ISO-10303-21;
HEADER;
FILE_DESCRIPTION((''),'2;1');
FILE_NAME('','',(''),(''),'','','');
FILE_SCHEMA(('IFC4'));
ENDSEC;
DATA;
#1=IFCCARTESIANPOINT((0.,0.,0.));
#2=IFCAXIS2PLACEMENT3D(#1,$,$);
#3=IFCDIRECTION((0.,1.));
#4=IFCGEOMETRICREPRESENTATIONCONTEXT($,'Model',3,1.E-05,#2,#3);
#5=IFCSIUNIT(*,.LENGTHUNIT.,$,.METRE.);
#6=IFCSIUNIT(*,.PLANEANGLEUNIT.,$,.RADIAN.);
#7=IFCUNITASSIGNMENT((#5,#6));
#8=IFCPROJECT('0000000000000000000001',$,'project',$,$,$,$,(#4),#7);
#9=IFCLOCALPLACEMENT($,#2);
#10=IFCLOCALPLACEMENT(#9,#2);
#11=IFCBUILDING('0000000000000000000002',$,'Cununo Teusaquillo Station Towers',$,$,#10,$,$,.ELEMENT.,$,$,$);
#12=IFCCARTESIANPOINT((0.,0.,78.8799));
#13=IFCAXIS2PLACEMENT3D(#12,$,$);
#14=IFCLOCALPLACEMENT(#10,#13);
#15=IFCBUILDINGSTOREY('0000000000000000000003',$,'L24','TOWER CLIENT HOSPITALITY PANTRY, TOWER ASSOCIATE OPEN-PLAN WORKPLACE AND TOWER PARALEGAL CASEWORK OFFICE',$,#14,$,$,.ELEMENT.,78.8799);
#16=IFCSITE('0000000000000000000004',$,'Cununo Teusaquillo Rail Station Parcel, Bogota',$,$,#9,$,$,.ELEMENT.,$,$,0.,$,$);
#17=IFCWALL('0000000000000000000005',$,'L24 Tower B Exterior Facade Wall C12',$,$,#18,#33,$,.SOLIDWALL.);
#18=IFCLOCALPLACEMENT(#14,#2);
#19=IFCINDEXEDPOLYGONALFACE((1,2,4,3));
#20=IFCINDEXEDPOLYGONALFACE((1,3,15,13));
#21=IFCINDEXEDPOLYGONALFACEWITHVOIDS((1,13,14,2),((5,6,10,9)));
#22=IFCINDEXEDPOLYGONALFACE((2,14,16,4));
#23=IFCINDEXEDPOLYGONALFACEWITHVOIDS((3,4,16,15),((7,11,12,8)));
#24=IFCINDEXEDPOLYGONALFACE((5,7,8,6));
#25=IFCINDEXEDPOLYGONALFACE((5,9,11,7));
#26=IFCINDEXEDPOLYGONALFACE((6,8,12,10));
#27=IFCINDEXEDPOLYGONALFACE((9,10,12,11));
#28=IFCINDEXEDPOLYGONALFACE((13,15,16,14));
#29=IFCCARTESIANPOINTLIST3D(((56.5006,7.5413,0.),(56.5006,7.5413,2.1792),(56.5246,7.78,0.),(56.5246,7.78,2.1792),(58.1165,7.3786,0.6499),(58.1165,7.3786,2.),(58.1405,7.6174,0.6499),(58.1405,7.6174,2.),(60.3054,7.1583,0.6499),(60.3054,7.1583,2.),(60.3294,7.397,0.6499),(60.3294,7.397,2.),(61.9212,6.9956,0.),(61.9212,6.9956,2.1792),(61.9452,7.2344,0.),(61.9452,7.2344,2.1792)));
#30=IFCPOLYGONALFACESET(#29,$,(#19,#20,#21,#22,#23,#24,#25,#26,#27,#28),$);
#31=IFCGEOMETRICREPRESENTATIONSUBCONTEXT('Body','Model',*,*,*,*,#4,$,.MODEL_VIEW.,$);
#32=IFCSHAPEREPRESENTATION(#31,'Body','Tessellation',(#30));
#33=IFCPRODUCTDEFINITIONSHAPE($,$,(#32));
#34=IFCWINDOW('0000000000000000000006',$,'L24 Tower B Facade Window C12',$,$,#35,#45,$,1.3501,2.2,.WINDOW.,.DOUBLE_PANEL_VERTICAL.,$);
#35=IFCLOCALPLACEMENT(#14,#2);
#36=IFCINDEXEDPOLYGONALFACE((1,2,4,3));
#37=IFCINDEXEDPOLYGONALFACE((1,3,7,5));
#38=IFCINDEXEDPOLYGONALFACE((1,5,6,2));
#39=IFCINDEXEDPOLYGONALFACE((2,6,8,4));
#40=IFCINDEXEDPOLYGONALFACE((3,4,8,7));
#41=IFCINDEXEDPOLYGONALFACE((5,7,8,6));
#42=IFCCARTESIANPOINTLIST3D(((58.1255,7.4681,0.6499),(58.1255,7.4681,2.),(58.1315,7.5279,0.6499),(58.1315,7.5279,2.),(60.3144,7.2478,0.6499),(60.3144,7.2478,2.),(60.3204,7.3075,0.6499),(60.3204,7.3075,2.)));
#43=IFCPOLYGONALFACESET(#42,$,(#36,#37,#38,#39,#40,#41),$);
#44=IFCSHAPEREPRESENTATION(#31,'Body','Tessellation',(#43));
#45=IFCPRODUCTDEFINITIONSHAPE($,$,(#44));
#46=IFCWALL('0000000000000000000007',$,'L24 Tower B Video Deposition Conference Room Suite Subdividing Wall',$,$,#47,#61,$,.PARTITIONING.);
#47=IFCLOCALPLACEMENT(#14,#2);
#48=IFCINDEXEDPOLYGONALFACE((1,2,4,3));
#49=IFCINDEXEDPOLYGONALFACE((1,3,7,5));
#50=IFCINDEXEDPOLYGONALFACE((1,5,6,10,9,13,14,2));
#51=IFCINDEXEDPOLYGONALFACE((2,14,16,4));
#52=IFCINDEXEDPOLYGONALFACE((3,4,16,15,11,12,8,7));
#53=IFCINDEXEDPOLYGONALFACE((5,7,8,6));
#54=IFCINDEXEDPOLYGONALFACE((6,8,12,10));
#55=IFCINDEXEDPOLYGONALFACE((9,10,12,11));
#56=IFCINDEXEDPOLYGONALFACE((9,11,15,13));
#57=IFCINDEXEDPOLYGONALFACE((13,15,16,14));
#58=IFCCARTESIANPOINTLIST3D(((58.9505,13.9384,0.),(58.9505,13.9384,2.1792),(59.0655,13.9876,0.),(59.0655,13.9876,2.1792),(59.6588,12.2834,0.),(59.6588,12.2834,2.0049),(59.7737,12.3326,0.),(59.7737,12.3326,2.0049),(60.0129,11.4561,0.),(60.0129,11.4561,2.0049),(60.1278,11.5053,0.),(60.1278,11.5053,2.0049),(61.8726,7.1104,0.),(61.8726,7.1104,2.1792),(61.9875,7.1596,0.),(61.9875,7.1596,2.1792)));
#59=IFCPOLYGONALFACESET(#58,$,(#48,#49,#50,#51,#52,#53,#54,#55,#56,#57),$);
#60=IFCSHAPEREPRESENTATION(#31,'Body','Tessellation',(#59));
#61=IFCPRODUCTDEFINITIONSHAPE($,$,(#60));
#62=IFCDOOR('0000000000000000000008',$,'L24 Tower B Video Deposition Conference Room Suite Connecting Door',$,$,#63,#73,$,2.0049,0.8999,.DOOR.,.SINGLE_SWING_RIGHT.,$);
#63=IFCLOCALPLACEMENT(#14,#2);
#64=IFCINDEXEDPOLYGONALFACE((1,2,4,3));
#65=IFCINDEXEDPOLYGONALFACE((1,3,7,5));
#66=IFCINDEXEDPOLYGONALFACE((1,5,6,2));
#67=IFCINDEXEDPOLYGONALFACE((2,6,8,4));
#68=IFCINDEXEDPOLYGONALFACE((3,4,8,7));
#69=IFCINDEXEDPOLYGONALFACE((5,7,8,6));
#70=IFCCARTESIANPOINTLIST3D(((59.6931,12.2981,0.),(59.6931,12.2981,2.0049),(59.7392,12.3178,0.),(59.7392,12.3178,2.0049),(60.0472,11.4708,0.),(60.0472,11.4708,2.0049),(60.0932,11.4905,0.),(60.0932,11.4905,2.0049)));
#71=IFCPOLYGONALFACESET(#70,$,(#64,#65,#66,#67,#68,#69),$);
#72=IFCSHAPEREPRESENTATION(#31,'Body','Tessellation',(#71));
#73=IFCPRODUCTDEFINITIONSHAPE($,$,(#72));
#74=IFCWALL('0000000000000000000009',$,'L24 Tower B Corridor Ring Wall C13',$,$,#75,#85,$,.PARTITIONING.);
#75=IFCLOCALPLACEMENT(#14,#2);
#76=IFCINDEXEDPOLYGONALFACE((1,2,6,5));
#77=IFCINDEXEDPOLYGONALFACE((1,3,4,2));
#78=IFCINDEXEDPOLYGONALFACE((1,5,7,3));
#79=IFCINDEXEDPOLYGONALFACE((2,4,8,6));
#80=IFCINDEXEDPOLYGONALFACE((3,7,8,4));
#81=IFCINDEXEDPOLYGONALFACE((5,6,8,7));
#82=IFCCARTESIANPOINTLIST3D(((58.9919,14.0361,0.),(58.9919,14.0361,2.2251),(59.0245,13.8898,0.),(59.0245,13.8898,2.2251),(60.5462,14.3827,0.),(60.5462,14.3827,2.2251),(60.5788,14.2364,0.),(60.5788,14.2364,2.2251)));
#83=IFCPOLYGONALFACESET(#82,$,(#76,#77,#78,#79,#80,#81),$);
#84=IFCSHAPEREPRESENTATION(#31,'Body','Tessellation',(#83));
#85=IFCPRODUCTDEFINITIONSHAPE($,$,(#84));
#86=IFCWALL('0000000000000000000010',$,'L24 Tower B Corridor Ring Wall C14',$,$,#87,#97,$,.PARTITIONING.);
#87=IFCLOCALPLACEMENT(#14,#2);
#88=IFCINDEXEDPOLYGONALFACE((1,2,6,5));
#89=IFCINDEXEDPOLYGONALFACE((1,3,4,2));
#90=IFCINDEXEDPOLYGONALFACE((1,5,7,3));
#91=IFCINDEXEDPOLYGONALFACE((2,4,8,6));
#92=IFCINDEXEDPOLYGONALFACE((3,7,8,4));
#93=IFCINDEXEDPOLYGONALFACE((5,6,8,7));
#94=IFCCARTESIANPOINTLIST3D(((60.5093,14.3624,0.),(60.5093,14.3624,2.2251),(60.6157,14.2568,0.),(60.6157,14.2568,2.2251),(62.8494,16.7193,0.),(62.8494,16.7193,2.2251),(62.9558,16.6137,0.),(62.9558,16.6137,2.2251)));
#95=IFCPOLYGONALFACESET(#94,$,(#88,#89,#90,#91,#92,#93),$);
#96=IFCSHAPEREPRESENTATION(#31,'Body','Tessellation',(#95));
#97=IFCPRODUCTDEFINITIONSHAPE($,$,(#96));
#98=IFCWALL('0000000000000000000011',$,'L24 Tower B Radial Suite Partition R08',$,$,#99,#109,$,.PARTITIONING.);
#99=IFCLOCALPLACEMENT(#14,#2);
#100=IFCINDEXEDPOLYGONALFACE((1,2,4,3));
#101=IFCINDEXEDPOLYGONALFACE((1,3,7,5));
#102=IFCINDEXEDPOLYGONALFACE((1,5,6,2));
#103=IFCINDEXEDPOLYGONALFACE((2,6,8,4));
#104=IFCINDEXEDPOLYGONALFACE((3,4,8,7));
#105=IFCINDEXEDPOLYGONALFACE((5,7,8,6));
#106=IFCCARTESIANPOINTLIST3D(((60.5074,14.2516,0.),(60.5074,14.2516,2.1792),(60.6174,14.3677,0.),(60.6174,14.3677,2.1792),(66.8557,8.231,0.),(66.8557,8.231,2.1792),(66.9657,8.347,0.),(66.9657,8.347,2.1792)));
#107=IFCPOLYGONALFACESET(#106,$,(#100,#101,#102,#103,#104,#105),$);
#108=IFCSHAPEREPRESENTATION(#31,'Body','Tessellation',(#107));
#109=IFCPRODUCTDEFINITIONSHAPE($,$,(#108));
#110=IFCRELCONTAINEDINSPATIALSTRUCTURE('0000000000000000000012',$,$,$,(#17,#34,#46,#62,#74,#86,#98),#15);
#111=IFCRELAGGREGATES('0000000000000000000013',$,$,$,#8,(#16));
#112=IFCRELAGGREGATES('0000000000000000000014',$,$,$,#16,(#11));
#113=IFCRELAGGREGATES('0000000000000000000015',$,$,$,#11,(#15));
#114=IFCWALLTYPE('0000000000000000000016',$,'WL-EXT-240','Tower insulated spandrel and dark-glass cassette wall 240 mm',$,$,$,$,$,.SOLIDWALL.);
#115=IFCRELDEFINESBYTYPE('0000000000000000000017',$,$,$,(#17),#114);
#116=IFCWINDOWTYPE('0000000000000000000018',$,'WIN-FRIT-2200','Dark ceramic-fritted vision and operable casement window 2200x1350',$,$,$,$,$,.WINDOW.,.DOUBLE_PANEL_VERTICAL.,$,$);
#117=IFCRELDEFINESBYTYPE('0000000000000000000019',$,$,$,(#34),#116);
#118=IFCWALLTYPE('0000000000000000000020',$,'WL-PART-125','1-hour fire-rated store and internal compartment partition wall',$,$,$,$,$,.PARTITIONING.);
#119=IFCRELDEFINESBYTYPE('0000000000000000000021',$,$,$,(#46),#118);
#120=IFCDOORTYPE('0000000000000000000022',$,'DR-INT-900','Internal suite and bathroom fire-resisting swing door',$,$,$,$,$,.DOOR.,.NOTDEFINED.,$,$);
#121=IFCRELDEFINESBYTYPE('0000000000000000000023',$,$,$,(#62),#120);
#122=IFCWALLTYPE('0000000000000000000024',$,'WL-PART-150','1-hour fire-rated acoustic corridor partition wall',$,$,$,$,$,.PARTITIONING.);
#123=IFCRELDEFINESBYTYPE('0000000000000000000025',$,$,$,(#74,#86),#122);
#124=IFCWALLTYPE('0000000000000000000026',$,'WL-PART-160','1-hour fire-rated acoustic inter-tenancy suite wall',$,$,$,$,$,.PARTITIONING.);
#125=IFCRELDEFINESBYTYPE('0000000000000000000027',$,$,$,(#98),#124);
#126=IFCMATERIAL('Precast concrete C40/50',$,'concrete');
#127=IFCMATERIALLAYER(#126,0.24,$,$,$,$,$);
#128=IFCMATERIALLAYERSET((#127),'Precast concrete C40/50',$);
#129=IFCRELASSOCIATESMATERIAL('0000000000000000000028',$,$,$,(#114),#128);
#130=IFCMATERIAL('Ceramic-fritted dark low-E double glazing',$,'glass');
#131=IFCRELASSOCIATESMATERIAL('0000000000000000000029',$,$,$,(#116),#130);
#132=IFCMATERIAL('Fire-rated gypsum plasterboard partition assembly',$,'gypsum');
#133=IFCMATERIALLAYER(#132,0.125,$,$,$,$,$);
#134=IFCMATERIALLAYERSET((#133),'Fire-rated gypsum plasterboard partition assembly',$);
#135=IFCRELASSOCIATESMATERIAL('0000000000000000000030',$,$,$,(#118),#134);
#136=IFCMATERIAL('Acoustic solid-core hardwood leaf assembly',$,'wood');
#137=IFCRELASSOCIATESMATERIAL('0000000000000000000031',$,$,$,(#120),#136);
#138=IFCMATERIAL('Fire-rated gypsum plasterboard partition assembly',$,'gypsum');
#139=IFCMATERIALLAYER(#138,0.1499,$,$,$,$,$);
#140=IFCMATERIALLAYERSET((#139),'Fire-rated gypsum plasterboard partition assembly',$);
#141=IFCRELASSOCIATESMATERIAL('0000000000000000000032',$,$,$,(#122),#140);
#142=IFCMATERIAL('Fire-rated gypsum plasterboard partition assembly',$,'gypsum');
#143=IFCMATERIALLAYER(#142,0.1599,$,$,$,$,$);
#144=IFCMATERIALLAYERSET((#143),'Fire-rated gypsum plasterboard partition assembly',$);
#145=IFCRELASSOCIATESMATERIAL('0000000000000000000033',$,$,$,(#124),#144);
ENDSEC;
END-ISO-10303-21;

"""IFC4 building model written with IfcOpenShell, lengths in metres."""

from ifc_helpers import new_model, si_unit, direction, frame, frame_2d, origin, place, context, subcontext, project, spatial, rectangle, extrude, source, transform, mapped, material, layer, layer_set, type_object, element, fill, save


model = new_model("IFC4")

# Units and contexts
model_context = context("Model", 3, precision=1e-05, world=origin(), true_north=direction((0.0, 1.0)))
body_context = subcontext(model_context, "Body", "Model", "MODEL_VIEW")
ifc_project = project(units=[si_unit("LENGTHUNIT", "METRE"), si_unit("PLANEANGLEUNIT", "RADIAN")], contexts=[model_context])

# Site, building, storey
site_placement = place(None, origin())
site = spatial("IfcSite", under=ifc_project, at=site_placement, Name="Cununo Teusaquillo Rail Station Parcel, Bogota", CompositionType="ELEMENT", RefElevation=0.0)
building_placement = place(site_placement, origin())
building = spatial("IfcBuilding", under=site, at=building_placement, Name="Cununo Teusaquillo Station Towers", CompositionType="ELEMENT")
storey_placement = place(building_placement, frame((0.0, 0.0, 78.8799)))
storey = spatial("IfcBuildingStorey", under=building, at=storey_placement, Name="L24", Description="TOWER CLIENT HOSPITALITY PANTRY, TOWER ASSOCIATE OPEN-PLAN WORKPLACE AND TOWER PARALEGAL CASEWORK OFFICE", CompositionType="ELEMENT", Elevation=78.8799)

# Wall, opening, window
ifc_material_1 = material(Name="Precast concrete C40/50", Category="concrete")
ifc_layer_1 = layer(ifc_material_1, 0.24)
ifc_layer_set_1 = layer_set([ifc_layer_1], Name="Precast concrete C40/50")
wall_type_1 = type_object("IfcWallType", Name="WL-EXT-240", Description="Tower insulated spandrel and dark-glass cassette wall 240 mm", PredefinedType="SOLIDWALL", material=ifc_layer_set_1)
wall_1_placement = place(storey_placement, frame((61.9333, 7.115, 0.0), z_axis=(0.0, 0.0, 1.0), x_axis=(-0.994972, 0.100156, 0.0)))
wall_1 = element("IfcWall", 1, at=wall_1_placement, inside=storey, type_object=wall_type_1, Name="L24 Tower B Exterior Facade Wall C12", PredefinedType="SOLIDWALL", context=body_context, shape_type="SweptSolid", body=[
    extrude(rectangle(XDim=5.448, YDim=0.24, at=frame_2d((2.7241, 0.0))), origin(), (0.0, 0.0, 1.0), 2.1792),
])
shared_shape_1 = source(origin(), body_context, "Body", "SweptSolid", [
    extrude(rectangle(XDim=2.2, YDim=1.3501, at=frame_2d((1.1001, 0.675))), frame((0.0, 0.1299, 0.0), z_axis=(0.0, -1.0, 0.0), x_axis=(1.0, 0.0, 0.0)), (0.0, 0.0, 1.0), 0.26),
])
opening_1_placement = place(wall_1_placement, frame((1.624, 0.0, 0.6499)))
opening_1 = element("IfcOpeningElement", 2, at=opening_1_placement, cuts=wall_1, PredefinedType="OPENING", context=body_context, shape_type="MappedRepresentation", body=[
    mapped(shared_shape_1, transform((0.0, 0.0, 0.0), x_axis=(1.0, 0.0, 0.0), y_axis=(0.0, 1.0, 0.0), z_axis=(0.0, 0.0, 1.0), scale=1.0)),
])
ifc_material_2 = material(Name="Ceramic-fritted dark low-E double glazing", Category="glass")
window_type = type_object("IfcWindowType", Name="WIN-FRIT-2200", Description="Dark ceramic-fritted vision and operable casement window 2200x1350", PartitioningType="DOUBLE_PANEL_VERTICAL", PredefinedType="WINDOW", material=ifc_material_2)
shared_shape_2 = source(origin(), body_context, "Body", "SweptSolid", [
    extrude(rectangle(XDim=2.2, YDim=1.3501, at=frame_2d((1.1001, 0.675))), frame((0.0, 0.03, 0.0), z_axis=(0.0, -1.0, 0.0), x_axis=(1.0, 0.0, 0.0)), (0.0, 0.0, 1.0), 0.0601),
])
window_placement = place(opening_1_placement, origin())
window = element("IfcWindow", 3, at=window_placement, inside=storey, type_object=window_type, Name="L24 Tower B Facade Window C12", OverallHeight=1.3501, OverallWidth=2.2, PartitioningType="DOUBLE_PANEL_VERTICAL", PredefinedType="WINDOW", context=body_context, shape_type="MappedRepresentation", body=[
    mapped(shared_shape_2, transform((0.0, 0.0, 0.0), x_axis=(1.0, 0.0, 0.0), y_axis=(0.0, 1.0, 0.0), z_axis=(0.0, 0.0, 1.0), scale=1.0)),
])
fill(opening_1, window)

# Wall, opening, door
ifc_material_3 = material(Name="Fire-rated gypsum plasterboard partition assembly", Category="gypsum")
ifc_layer_2 = layer(ifc_material_3, 0.125)
ifc_layer_set_2 = layer_set([ifc_layer_2], Name="Fire-rated gypsum plasterboard partition assembly")
wall_type_2 = type_object("IfcWallType", Name="WL-PART-125", Description="1-hour fire-rated store and internal compartment partition wall", PredefinedType="PARTITIONING", material=ifc_layer_set_2)
wall_2_placement = place(storey_placement, frame((59.0081, 13.9629, 0.0), z_axis=(0.0, 0.0, 1.0), x_axis=(0.393439, -0.919351, 0.0)))
wall_2 = element("IfcWall", 4, at=wall_2_placement, inside=storey, type_object=wall_type_2, Name="L24 Tower B Video Deposition Conference Room Suite Subdividing Wall", PredefinedType="PARTITIONING", context=body_context, shape_type="SweptSolid", body=[
    extrude(rectangle(XDim=7.427, YDim=0.125, at=frame_2d((3.7134, 0.0))), origin(), (0.0, 0.0, 1.0), 2.1792),
])
shared_shape_3 = source(origin(), body_context, "Body", "SweptSolid", [
    extrude(rectangle(XDim=0.8999, YDim=2.0049, at=frame_2d((0.45, 1.0024))), frame((0.0, 0.0725, 0.0), z_axis=(0.0, -1.0, 0.0), x_axis=(1.0, 0.0, 0.0)), (0.0, 0.0, 1.0), 0.145),
])
opening_2_placement = place(wall_2_placement, frame((1.8, 0.0, 0.0)))
opening_2 = element("IfcOpeningElement", 5, at=opening_2_placement, cuts=wall_2, PredefinedType="OPENING", context=body_context, shape_type="MappedRepresentation", body=[
    mapped(shared_shape_3, transform((0.0, 0.0, 0.0), x_axis=(1.0, 0.0, 0.0), y_axis=(0.0, 1.0, 0.0), z_axis=(0.0, 0.0, 1.0), scale=1.0)),
])
ifc_material_4 = material(Name="Acoustic solid-core hardwood leaf assembly", Category="wood")
door_type_1 = type_object("IfcDoorType", Name="DR-INT-900", Description="Internal suite and bathroom fire-resisting swing door", OperationType="NOTDEFINED", PredefinedType="DOOR", material=ifc_material_4)
shared_shape_4 = source(origin(), body_context, "Body", "SweptSolid", [
    extrude(rectangle(XDim=0.8999, YDim=2.0049, at=frame_2d((0.45, 1.0024))), frame((0.0, 0.0249, 0.0), z_axis=(0.0, -1.0, 0.0), x_axis=(1.0, 0.0, 0.0)), (0.0, 0.0, 1.0), 0.05),
])
door_1_placement = place(opening_2_placement, origin())
door_1 = element("IfcDoor", 6, at=door_1_placement, inside=storey, type_object=door_type_1, Name="L24 Tower B Video Deposition Conference Room Suite Connecting Door", OperationType="SINGLE_SWING_RIGHT", OverallHeight=2.0049, OverallWidth=0.8999, PredefinedType="DOOR", context=body_context, shape_type="MappedRepresentation", body=[
    mapped(shared_shape_4, transform((0.0, 0.0, 0.0), x_axis=(1.0, 0.0, 0.0), y_axis=(0.0, 1.0, 0.0), z_axis=(0.0, 0.0, 1.0), scale=1.0)),
])
fill(opening_2, door_1)

# Walls
ifc_material_5 = material(Name="Fire-rated gypsum plasterboard partition assembly", Category="gypsum")
ifc_layer_3 = layer(ifc_material_5, 0.1499)
ifc_layer_set_3 = layer_set([ifc_layer_3], Name="Fire-rated gypsum plasterboard partition assembly")
wall_type_3 = type_object("IfcWallType", Name="WL-PART-150", Description="1-hour fire-rated acoustic corridor partition wall", PredefinedType="PARTITIONING", material=ifc_layer_set_3)
wall_3_placement = place(storey_placement, frame((59.0081, 13.9629, 0.0), z_axis=(0.0, 0.0, 1.0), x_axis=(0.976021, 0.217677, 0.0)))
element("IfcWall", 7, at=wall_3_placement, inside=storey, type_object=wall_type_3, Name="L24 Tower B Corridor Ring Wall C13", PredefinedType="PARTITIONING", context=body_context, shape_type="SweptSolid", body=[
    extrude(rectangle(XDim=1.5925, YDim=0.1499, at=frame_2d((0.7964, 0.0))), origin(), (0.0, 0.0, 1.0), 2.2251),
])
wall_4_placement = place(storey_placement, frame((60.5625, 14.3096, 0.0), z_axis=(0.0, 0.0, 1.0), x_axis=(0.704566, 0.709638, 0.0)))
element("IfcWall", 8, at=wall_4_placement, inside=storey, type_object=wall_type_3, Name="L24 Tower B Corridor Ring Wall C14", PredefinedType="PARTITIONING", context=body_context, shape_type="SweptSolid", body=[
    extrude(rectangle(XDim=3.3213, YDim=0.1499, at=frame_2d((1.6606, 0.0))), origin(), (0.0, 0.0, 1.0), 2.2251),
])
ifc_material_6 = material(Name="Fire-rated gypsum plasterboard partition assembly", Category="gypsum")
ifc_layer_4 = layer(ifc_material_6, 0.1599)
ifc_layer_set_4 = layer_set([ifc_layer_4], Name="Fire-rated gypsum plasterboard partition assembly")
wall_type_4 = type_object("IfcWallType", Name="WL-PART-160", Description="1-hour fire-rated acoustic inter-tenancy suite wall", PredefinedType="PARTITIONING", material=ifc_layer_set_4)
wall_5_placement = place(storey_placement, frame((60.5625, 14.3096, 0.0), z_axis=(0.0, 0.0, 1.0), x_axis=(0.725582, -0.688135, 0.0)))
element("IfcWall", 9, at=wall_5_placement, inside=storey, type_object=wall_type_4, Name="L24 Tower B Radial Suite Partition R08", PredefinedType="PARTITIONING", context=body_context, shape_type="SweptSolid", body=[
    extrude(rectangle(XDim=8.7493, YDim=0.1599, at=frame_2d((4.3745, 0.0))), origin(), (0.0, 0.0, 1.0), 2.1792),
])

save(model, "model.ifc")
